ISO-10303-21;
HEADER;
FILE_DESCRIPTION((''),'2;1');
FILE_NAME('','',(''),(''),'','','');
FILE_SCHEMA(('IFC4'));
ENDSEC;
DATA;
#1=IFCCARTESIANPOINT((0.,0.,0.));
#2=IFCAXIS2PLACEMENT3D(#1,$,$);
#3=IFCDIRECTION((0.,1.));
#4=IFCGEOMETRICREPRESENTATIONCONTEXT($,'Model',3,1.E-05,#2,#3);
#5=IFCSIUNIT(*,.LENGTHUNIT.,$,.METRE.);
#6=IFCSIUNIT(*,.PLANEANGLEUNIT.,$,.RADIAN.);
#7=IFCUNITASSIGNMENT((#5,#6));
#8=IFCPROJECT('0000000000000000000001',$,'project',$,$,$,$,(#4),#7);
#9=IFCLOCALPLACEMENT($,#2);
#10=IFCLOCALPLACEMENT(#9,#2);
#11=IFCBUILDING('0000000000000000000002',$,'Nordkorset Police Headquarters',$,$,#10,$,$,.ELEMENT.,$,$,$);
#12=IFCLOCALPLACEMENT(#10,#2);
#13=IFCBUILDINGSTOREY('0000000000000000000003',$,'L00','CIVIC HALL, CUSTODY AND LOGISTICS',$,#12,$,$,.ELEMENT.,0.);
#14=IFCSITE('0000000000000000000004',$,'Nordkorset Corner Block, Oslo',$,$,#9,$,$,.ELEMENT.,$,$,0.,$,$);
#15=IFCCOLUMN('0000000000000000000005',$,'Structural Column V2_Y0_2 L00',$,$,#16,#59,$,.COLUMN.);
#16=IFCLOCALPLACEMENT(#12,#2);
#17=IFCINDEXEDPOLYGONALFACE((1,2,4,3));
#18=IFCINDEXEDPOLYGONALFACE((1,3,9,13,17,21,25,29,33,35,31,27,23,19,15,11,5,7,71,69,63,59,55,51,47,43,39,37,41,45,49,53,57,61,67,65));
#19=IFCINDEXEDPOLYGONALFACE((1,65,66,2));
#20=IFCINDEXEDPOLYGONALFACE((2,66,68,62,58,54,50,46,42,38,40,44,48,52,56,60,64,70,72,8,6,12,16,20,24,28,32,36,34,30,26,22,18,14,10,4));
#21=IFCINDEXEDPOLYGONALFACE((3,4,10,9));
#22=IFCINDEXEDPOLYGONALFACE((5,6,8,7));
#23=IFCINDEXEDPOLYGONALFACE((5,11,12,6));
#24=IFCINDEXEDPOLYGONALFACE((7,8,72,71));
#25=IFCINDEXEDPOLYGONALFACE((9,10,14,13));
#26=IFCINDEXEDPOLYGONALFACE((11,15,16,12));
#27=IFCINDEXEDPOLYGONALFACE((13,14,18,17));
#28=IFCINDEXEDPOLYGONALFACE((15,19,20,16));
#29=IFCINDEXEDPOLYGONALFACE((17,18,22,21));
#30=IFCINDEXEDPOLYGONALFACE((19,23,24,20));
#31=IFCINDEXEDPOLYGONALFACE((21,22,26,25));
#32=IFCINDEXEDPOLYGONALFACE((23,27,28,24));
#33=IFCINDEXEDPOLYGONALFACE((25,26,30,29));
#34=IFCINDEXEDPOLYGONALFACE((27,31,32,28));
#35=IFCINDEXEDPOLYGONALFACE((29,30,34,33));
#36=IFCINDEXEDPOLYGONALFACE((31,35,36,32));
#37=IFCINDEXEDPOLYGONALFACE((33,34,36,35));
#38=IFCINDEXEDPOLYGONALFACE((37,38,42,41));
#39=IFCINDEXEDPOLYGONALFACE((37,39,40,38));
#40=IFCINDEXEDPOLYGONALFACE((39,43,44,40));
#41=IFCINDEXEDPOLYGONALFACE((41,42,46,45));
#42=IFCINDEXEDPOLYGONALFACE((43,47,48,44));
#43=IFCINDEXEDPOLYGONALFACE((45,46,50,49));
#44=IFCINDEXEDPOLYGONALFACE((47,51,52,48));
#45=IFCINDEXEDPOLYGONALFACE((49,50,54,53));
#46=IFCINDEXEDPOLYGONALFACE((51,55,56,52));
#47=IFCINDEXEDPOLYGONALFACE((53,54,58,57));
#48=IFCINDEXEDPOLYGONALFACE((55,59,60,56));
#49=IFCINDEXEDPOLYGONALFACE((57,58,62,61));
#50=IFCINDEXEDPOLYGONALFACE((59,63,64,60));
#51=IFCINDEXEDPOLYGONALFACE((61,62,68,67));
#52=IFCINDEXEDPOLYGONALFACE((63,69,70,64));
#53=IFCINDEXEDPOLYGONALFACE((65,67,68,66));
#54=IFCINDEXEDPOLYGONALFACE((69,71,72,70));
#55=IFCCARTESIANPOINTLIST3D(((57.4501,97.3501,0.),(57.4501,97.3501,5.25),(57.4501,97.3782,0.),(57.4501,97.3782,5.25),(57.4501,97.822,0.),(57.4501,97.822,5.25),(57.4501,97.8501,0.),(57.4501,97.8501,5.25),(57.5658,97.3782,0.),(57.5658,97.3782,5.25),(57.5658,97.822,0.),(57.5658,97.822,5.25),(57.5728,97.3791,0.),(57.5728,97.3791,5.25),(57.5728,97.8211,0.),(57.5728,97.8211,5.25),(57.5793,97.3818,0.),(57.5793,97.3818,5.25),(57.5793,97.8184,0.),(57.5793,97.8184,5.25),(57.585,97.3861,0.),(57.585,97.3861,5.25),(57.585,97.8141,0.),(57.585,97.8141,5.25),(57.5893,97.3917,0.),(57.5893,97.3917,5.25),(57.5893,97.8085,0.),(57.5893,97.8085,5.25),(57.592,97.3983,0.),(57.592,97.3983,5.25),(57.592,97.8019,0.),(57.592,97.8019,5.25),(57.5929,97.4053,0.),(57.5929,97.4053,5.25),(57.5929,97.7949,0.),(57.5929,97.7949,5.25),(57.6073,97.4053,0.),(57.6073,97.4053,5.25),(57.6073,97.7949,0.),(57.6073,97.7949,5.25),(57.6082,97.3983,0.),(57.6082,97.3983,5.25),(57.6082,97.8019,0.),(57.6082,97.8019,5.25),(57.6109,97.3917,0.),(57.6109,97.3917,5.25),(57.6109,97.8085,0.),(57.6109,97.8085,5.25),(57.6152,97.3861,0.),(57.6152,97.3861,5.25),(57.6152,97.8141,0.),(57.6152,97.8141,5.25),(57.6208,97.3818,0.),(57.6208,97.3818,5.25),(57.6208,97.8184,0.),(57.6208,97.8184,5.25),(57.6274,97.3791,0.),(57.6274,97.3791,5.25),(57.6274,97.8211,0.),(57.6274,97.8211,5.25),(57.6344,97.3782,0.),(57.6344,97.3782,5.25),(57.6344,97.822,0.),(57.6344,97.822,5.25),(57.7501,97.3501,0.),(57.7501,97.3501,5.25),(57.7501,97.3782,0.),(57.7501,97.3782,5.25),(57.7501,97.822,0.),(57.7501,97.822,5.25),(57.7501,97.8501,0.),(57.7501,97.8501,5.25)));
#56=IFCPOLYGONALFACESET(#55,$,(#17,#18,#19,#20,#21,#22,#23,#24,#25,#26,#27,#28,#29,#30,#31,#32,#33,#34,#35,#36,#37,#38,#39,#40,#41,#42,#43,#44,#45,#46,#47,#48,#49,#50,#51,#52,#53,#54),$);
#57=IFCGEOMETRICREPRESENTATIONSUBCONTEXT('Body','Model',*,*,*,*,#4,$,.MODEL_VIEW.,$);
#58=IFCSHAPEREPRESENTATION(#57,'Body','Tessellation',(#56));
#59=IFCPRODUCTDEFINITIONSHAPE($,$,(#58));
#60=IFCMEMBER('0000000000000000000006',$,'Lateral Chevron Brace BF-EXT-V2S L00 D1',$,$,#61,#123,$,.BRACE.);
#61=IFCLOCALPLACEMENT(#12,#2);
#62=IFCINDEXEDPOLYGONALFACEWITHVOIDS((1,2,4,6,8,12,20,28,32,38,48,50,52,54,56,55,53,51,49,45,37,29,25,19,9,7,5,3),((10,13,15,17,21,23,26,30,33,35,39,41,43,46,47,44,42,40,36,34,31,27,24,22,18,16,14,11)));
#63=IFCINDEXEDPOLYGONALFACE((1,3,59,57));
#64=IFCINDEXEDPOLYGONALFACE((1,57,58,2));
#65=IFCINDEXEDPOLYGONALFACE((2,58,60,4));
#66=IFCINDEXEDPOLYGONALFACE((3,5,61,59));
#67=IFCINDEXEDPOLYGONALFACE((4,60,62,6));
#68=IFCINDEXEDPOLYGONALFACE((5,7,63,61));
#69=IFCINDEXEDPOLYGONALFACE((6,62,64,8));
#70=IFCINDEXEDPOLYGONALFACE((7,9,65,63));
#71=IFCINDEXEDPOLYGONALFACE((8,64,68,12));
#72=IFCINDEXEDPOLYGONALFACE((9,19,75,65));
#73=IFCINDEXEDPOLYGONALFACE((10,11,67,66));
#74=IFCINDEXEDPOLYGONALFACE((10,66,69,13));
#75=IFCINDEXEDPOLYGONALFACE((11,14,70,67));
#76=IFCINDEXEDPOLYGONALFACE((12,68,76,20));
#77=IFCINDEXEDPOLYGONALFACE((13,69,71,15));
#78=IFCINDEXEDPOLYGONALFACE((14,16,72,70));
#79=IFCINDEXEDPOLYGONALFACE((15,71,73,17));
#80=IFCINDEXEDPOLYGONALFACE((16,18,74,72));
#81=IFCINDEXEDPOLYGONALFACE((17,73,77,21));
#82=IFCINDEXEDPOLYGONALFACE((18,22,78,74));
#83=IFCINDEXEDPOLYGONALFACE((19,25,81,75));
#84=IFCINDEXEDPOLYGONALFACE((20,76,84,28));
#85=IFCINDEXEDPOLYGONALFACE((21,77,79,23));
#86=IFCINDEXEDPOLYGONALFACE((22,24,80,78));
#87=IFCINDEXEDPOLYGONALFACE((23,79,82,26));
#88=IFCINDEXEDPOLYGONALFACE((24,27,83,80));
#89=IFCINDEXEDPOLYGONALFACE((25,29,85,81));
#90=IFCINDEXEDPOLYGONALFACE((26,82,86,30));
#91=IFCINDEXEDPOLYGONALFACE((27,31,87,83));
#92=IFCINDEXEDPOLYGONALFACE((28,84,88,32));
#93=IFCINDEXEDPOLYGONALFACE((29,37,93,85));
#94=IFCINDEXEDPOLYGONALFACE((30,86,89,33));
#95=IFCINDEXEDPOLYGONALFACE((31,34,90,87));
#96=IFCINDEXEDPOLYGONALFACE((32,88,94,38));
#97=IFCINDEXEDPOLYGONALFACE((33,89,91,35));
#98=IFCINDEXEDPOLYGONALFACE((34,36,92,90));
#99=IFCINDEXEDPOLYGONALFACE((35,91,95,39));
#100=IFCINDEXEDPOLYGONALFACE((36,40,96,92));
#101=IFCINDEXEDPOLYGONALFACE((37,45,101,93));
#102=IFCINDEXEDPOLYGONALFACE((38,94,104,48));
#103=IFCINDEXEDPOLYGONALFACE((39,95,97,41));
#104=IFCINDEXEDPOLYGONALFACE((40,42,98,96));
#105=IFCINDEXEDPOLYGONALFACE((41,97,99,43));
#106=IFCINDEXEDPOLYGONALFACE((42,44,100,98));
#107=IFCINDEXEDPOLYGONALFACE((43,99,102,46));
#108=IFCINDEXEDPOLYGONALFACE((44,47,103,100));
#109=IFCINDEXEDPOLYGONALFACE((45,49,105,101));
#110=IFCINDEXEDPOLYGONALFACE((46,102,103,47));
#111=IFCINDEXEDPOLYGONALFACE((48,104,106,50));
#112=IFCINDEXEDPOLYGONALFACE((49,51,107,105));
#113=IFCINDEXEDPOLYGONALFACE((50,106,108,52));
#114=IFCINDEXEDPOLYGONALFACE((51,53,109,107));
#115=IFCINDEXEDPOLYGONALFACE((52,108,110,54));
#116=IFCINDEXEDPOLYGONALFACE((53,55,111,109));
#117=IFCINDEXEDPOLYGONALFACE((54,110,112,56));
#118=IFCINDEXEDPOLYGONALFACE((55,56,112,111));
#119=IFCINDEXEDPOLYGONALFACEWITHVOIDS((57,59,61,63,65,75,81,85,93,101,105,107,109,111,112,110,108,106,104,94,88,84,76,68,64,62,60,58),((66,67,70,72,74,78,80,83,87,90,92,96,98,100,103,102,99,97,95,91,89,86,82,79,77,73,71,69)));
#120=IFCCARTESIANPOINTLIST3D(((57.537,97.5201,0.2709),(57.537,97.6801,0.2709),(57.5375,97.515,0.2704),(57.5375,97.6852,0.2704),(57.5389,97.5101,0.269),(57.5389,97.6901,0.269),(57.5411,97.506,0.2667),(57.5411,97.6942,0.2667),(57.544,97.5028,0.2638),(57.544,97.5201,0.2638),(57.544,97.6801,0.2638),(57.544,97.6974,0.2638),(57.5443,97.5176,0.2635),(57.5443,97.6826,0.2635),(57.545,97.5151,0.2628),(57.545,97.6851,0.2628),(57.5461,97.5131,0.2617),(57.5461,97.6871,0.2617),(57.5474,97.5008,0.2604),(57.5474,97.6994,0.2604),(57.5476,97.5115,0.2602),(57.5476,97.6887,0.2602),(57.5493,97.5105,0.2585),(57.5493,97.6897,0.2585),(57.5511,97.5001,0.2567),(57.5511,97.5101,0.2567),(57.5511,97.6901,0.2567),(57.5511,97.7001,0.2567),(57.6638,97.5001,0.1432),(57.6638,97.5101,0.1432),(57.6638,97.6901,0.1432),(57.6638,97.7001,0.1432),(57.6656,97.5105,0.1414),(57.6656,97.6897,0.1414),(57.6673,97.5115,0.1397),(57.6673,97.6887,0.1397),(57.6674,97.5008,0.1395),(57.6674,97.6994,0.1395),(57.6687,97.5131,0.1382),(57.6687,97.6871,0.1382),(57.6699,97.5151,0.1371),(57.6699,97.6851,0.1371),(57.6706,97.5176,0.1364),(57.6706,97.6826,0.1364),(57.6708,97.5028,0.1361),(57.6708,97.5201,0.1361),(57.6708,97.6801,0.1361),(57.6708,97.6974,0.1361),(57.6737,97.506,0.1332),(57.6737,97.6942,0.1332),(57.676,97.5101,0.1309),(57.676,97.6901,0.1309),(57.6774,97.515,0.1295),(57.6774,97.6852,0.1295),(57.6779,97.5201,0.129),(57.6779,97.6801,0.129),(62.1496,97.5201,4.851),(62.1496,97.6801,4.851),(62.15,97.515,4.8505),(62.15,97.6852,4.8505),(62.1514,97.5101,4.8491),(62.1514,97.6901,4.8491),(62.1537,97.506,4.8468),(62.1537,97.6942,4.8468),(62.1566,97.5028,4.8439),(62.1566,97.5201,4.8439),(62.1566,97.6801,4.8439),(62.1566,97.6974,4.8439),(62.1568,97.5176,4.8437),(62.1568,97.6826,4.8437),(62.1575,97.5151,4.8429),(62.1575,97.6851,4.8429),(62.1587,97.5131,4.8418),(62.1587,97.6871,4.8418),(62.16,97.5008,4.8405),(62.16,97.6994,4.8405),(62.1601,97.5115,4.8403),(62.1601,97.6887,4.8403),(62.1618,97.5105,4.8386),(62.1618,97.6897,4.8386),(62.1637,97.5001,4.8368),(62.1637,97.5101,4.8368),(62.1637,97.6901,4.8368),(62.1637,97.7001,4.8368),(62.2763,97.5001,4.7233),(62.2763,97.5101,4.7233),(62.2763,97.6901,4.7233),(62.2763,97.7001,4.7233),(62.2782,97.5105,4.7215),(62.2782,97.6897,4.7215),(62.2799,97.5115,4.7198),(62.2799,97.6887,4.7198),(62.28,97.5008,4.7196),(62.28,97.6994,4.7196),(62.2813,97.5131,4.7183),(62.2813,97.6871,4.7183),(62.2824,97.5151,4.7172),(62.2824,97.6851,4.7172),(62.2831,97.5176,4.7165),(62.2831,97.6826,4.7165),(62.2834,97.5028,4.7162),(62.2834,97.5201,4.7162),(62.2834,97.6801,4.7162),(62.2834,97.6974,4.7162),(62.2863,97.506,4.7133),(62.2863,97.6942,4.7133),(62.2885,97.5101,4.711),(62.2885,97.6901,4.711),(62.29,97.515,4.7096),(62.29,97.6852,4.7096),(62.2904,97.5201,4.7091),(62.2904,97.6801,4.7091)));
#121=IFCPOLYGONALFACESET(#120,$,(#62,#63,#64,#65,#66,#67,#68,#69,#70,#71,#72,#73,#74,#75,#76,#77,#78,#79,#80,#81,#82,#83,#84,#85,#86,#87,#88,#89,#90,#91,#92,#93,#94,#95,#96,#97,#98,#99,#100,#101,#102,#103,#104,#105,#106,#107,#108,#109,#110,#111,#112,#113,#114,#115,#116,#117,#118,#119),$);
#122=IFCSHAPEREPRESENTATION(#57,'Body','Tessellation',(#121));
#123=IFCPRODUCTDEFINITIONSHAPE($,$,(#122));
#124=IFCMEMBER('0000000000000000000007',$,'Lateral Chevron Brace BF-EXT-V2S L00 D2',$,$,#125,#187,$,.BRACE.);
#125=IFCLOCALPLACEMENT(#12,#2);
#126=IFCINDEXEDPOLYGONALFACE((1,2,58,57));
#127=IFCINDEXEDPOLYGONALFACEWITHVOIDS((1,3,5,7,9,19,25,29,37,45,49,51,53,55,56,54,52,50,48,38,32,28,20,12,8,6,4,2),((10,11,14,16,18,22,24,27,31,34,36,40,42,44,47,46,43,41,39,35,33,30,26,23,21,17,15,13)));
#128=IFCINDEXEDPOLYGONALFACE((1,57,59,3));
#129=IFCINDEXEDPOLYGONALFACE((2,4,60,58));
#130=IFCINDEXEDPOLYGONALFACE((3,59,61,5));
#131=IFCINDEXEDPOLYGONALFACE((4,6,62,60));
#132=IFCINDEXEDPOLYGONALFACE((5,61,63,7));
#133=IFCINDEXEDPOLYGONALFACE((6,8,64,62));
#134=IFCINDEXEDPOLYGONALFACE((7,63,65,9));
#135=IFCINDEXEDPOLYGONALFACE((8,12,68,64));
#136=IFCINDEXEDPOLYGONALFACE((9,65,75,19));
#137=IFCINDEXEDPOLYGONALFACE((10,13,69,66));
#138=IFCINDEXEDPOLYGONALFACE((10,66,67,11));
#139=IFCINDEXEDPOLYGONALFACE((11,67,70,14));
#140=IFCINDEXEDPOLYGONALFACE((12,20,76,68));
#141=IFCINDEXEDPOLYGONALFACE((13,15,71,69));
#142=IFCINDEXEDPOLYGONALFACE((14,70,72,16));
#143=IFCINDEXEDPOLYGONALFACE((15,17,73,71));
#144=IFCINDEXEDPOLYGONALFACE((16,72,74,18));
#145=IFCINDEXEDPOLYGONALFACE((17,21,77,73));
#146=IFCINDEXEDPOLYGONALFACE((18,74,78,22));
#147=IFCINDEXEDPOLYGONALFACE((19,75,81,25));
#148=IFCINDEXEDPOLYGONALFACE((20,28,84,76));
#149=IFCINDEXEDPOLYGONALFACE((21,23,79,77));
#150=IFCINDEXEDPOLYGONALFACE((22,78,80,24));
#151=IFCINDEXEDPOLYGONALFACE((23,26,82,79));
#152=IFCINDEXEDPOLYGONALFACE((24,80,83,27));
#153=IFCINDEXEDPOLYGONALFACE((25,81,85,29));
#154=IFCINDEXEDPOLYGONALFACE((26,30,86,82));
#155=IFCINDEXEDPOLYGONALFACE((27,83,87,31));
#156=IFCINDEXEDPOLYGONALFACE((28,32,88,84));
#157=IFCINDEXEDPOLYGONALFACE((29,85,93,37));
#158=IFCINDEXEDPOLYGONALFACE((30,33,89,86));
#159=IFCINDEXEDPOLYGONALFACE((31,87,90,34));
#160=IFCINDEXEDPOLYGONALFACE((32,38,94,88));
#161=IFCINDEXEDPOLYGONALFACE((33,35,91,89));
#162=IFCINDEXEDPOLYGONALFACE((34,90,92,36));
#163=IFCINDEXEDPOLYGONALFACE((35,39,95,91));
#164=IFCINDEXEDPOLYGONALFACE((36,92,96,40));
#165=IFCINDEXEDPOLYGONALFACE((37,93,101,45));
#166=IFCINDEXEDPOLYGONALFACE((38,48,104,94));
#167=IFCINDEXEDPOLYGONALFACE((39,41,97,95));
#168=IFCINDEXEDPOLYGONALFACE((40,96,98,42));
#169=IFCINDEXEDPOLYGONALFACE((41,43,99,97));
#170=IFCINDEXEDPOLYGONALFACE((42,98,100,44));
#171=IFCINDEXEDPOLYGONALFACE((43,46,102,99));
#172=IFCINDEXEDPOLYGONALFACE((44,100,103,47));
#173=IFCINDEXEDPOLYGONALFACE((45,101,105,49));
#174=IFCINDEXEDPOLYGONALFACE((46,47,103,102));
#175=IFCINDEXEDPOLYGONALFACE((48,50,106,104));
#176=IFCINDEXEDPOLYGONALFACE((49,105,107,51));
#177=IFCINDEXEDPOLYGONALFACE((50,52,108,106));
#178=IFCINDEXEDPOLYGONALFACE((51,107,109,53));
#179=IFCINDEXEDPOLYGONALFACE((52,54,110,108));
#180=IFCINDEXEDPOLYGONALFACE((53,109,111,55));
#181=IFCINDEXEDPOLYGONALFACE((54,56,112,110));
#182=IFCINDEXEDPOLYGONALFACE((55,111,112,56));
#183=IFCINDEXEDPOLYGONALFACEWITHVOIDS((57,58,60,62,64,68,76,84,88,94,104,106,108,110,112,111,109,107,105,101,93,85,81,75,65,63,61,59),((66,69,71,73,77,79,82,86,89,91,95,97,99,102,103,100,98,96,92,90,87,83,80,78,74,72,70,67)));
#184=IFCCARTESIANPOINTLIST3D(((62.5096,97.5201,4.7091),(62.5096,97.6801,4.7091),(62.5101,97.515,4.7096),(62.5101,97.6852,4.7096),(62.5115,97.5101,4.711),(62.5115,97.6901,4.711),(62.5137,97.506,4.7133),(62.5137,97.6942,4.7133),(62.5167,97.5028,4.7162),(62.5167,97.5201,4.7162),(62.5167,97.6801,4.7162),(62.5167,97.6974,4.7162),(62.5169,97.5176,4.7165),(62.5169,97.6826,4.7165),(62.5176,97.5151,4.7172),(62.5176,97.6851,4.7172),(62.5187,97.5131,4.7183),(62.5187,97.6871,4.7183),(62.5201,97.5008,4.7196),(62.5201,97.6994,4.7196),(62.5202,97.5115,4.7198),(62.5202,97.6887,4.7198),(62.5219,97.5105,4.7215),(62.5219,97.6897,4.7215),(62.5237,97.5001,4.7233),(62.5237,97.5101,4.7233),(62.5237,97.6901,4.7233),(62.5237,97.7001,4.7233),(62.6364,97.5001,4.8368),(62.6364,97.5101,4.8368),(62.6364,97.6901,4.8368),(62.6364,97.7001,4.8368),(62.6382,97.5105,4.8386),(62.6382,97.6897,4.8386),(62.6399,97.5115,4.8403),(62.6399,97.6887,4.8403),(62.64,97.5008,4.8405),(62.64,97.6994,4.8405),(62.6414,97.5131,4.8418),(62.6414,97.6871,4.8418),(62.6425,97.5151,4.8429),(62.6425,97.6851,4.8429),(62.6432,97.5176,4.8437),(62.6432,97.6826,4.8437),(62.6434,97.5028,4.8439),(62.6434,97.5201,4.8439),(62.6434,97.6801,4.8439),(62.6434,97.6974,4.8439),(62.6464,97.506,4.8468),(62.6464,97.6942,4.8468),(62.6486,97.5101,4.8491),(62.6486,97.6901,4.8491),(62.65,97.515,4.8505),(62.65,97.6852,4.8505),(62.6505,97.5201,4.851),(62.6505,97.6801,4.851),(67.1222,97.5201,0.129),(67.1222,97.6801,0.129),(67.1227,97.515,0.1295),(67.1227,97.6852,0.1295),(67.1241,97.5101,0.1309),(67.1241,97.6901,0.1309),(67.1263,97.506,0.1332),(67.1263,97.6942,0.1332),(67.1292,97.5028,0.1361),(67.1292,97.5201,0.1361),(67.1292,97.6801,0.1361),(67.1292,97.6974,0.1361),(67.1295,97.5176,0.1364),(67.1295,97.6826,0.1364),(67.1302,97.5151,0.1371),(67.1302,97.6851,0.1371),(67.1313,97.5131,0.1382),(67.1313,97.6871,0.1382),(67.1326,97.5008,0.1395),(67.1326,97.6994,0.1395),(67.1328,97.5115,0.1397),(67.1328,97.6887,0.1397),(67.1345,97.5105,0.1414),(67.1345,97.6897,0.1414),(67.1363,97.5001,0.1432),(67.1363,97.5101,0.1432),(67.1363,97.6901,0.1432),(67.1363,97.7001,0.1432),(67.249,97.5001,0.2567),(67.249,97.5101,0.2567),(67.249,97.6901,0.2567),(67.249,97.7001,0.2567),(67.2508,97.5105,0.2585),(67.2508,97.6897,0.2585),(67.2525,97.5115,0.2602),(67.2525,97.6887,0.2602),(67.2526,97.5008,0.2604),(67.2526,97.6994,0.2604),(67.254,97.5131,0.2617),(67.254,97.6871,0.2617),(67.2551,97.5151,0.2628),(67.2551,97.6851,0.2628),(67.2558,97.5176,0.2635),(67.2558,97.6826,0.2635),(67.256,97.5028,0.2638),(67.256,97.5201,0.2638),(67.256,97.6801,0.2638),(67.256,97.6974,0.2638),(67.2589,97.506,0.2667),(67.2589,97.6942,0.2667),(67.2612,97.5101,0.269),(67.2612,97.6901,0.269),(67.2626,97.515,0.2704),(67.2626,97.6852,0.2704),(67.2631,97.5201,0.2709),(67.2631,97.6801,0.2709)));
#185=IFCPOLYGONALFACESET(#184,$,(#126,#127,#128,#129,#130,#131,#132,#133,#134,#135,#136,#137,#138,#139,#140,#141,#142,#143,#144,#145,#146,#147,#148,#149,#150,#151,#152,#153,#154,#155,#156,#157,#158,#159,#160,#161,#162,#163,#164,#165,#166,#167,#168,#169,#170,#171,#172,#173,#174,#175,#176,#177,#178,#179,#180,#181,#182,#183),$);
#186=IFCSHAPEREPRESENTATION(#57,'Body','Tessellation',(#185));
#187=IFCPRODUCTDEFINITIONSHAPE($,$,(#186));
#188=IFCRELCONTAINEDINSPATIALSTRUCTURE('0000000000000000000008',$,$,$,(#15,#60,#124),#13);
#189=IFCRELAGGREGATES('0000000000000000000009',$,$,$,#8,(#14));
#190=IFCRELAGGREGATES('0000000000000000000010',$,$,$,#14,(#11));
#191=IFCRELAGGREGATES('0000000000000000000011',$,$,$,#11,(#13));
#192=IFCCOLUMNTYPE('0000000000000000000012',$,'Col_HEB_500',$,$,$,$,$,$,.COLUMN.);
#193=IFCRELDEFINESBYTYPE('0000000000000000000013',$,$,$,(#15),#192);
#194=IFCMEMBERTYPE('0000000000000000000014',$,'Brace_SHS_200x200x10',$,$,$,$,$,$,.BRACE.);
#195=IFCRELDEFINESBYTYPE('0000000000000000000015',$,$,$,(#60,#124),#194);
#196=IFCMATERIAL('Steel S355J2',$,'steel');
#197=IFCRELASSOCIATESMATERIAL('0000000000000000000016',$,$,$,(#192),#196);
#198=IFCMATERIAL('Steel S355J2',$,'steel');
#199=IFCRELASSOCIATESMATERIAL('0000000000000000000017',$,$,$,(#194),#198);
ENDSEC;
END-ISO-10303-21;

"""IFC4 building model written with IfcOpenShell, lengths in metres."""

from ifc_helpers import new_model, si_unit, direction, frame, origin, origin_2d, place, context, subcontext, project, spatial, hollow_rectangle, i_section, extrude, material, material_profile, profile_set, type_object, element, save


model = new_model("IFC4")

# Units and contexts
model_context = context("Model", 3, precision=1e-05, world=origin(), true_north=direction((0.0, 1.0)))
body_context = subcontext(model_context, "Body", "Model", "MODEL_VIEW")
ifc_project = project(units=[si_unit("LENGTHUNIT", "METRE"), si_unit("PLANEANGLEUNIT", "RADIAN")], contexts=[model_context])

# Site, building, storey
site_placement = place(None, origin())
site = spatial("IfcSite", under=ifc_project, at=site_placement, Name="Nordkorset Corner Block, Oslo", CompositionType="ELEMENT", RefElevation=0.0)
building_placement = place(site_placement, origin())
building = spatial("IfcBuilding", under=site, at=building_placement, Name="Nordkorset Police Headquarters", CompositionType="ELEMENT")
storey_placement = place(building_placement, origin())
storey = spatial("IfcBuildingStorey", under=building, at=storey_placement, Name="L00", Description="CIVIC HALL, CUSTODY AND LOGISTICS", CompositionType="ELEMENT", Elevation=0.0)

# Column
ifc_material_1 = material(Name="Steel S355J2", Category="steel")
ifc_material_profile_1 = material_profile(ifc_material_1, i_section(OverallWidth=0.3, OverallDepth=0.5, WebThickness=0.0144, FlangeThickness=0.0281, FilletRadius=0.0271, at=origin_2d()), Name="HEB 500")
ifc_profile_set_1 = profile_set([ifc_material_profile_1], Name="Steel S355J2")
column_type = type_object("IfcColumnType", Name="Col_HEB_500", PredefinedType="COLUMN", material=ifc_profile_set_1)
column_placement = place(storey_placement, frame((57.6001, 97.6001, 0.0), z_axis=(0.0, 0.0, 1.0), x_axis=(1.0, 0.0, 0.0)))
element("IfcColumn", 1, at=column_placement, inside=storey, type_object=column_type, Name="Structural Column V2_Y0_2 L00", PredefinedType="COLUMN", context=body_context, shape_type="SweptSolid", body=[
    extrude(i_section(OverallWidth=0.3, OverallDepth=0.5, WebThickness=0.0144, FlangeThickness=0.0281, FilletRadius=0.0271, at=origin_2d()), origin(), (0.0, 0.0, 1.0), 5.25),
])

# Members
ifc_material_2 = material(Name="Steel S355J2", Category="steel")
ifc_material_profile_2 = material_profile(ifc_material_2, hollow_rectangle(XDim=0.2, YDim=0.2, WallThickness=0.01, InnerFilletRadius=0.01, OuterFilletRadius=0.02, at=origin_2d()), Name="SHS 200x200x10")
ifc_profile_set_2 = profile_set([ifc_material_profile_2], Name="Steel S355J2")
member_type_1 = type_object("IfcMemberType", Name="Brace_SHS_200x200x10", PredefinedType="BRACE", material=ifc_profile_set_2)
for number, where, z_axis, x_axis, name in (
    (2, (57.6074, 97.6001, 0.2), (0.7096, 0.0, 0.704605), (0.0, 1.0, 0.0), "Lateral Chevron Brace BF-EXT-V2S L00 D1"),
    (3, (67.1926, 97.6001, 0.2), (-0.7096, 0.0, 0.704605), (0.0, -1.0, 0.0), "Lateral Chevron Brace BF-EXT-V2S L00 D2"),
):
    element("IfcMember", number, at=place(storey_placement, frame(where, z_axis=z_axis, x_axis=x_axis)), inside=storey, type_object=member_type_1, Name=name, PredefinedType="BRACE", context=body_context, shape_type="SweptSolid", body=[
        extrude(hollow_rectangle(XDim=0.2, YDim=0.2, WallThickness=0.01, InnerFilletRadius=0.01, OuterFilletRadius=0.02, at=origin_2d()), origin(), (0.0, 0.0, 1.0), 6.5002),
    ])

save(model, "model.ifc")
